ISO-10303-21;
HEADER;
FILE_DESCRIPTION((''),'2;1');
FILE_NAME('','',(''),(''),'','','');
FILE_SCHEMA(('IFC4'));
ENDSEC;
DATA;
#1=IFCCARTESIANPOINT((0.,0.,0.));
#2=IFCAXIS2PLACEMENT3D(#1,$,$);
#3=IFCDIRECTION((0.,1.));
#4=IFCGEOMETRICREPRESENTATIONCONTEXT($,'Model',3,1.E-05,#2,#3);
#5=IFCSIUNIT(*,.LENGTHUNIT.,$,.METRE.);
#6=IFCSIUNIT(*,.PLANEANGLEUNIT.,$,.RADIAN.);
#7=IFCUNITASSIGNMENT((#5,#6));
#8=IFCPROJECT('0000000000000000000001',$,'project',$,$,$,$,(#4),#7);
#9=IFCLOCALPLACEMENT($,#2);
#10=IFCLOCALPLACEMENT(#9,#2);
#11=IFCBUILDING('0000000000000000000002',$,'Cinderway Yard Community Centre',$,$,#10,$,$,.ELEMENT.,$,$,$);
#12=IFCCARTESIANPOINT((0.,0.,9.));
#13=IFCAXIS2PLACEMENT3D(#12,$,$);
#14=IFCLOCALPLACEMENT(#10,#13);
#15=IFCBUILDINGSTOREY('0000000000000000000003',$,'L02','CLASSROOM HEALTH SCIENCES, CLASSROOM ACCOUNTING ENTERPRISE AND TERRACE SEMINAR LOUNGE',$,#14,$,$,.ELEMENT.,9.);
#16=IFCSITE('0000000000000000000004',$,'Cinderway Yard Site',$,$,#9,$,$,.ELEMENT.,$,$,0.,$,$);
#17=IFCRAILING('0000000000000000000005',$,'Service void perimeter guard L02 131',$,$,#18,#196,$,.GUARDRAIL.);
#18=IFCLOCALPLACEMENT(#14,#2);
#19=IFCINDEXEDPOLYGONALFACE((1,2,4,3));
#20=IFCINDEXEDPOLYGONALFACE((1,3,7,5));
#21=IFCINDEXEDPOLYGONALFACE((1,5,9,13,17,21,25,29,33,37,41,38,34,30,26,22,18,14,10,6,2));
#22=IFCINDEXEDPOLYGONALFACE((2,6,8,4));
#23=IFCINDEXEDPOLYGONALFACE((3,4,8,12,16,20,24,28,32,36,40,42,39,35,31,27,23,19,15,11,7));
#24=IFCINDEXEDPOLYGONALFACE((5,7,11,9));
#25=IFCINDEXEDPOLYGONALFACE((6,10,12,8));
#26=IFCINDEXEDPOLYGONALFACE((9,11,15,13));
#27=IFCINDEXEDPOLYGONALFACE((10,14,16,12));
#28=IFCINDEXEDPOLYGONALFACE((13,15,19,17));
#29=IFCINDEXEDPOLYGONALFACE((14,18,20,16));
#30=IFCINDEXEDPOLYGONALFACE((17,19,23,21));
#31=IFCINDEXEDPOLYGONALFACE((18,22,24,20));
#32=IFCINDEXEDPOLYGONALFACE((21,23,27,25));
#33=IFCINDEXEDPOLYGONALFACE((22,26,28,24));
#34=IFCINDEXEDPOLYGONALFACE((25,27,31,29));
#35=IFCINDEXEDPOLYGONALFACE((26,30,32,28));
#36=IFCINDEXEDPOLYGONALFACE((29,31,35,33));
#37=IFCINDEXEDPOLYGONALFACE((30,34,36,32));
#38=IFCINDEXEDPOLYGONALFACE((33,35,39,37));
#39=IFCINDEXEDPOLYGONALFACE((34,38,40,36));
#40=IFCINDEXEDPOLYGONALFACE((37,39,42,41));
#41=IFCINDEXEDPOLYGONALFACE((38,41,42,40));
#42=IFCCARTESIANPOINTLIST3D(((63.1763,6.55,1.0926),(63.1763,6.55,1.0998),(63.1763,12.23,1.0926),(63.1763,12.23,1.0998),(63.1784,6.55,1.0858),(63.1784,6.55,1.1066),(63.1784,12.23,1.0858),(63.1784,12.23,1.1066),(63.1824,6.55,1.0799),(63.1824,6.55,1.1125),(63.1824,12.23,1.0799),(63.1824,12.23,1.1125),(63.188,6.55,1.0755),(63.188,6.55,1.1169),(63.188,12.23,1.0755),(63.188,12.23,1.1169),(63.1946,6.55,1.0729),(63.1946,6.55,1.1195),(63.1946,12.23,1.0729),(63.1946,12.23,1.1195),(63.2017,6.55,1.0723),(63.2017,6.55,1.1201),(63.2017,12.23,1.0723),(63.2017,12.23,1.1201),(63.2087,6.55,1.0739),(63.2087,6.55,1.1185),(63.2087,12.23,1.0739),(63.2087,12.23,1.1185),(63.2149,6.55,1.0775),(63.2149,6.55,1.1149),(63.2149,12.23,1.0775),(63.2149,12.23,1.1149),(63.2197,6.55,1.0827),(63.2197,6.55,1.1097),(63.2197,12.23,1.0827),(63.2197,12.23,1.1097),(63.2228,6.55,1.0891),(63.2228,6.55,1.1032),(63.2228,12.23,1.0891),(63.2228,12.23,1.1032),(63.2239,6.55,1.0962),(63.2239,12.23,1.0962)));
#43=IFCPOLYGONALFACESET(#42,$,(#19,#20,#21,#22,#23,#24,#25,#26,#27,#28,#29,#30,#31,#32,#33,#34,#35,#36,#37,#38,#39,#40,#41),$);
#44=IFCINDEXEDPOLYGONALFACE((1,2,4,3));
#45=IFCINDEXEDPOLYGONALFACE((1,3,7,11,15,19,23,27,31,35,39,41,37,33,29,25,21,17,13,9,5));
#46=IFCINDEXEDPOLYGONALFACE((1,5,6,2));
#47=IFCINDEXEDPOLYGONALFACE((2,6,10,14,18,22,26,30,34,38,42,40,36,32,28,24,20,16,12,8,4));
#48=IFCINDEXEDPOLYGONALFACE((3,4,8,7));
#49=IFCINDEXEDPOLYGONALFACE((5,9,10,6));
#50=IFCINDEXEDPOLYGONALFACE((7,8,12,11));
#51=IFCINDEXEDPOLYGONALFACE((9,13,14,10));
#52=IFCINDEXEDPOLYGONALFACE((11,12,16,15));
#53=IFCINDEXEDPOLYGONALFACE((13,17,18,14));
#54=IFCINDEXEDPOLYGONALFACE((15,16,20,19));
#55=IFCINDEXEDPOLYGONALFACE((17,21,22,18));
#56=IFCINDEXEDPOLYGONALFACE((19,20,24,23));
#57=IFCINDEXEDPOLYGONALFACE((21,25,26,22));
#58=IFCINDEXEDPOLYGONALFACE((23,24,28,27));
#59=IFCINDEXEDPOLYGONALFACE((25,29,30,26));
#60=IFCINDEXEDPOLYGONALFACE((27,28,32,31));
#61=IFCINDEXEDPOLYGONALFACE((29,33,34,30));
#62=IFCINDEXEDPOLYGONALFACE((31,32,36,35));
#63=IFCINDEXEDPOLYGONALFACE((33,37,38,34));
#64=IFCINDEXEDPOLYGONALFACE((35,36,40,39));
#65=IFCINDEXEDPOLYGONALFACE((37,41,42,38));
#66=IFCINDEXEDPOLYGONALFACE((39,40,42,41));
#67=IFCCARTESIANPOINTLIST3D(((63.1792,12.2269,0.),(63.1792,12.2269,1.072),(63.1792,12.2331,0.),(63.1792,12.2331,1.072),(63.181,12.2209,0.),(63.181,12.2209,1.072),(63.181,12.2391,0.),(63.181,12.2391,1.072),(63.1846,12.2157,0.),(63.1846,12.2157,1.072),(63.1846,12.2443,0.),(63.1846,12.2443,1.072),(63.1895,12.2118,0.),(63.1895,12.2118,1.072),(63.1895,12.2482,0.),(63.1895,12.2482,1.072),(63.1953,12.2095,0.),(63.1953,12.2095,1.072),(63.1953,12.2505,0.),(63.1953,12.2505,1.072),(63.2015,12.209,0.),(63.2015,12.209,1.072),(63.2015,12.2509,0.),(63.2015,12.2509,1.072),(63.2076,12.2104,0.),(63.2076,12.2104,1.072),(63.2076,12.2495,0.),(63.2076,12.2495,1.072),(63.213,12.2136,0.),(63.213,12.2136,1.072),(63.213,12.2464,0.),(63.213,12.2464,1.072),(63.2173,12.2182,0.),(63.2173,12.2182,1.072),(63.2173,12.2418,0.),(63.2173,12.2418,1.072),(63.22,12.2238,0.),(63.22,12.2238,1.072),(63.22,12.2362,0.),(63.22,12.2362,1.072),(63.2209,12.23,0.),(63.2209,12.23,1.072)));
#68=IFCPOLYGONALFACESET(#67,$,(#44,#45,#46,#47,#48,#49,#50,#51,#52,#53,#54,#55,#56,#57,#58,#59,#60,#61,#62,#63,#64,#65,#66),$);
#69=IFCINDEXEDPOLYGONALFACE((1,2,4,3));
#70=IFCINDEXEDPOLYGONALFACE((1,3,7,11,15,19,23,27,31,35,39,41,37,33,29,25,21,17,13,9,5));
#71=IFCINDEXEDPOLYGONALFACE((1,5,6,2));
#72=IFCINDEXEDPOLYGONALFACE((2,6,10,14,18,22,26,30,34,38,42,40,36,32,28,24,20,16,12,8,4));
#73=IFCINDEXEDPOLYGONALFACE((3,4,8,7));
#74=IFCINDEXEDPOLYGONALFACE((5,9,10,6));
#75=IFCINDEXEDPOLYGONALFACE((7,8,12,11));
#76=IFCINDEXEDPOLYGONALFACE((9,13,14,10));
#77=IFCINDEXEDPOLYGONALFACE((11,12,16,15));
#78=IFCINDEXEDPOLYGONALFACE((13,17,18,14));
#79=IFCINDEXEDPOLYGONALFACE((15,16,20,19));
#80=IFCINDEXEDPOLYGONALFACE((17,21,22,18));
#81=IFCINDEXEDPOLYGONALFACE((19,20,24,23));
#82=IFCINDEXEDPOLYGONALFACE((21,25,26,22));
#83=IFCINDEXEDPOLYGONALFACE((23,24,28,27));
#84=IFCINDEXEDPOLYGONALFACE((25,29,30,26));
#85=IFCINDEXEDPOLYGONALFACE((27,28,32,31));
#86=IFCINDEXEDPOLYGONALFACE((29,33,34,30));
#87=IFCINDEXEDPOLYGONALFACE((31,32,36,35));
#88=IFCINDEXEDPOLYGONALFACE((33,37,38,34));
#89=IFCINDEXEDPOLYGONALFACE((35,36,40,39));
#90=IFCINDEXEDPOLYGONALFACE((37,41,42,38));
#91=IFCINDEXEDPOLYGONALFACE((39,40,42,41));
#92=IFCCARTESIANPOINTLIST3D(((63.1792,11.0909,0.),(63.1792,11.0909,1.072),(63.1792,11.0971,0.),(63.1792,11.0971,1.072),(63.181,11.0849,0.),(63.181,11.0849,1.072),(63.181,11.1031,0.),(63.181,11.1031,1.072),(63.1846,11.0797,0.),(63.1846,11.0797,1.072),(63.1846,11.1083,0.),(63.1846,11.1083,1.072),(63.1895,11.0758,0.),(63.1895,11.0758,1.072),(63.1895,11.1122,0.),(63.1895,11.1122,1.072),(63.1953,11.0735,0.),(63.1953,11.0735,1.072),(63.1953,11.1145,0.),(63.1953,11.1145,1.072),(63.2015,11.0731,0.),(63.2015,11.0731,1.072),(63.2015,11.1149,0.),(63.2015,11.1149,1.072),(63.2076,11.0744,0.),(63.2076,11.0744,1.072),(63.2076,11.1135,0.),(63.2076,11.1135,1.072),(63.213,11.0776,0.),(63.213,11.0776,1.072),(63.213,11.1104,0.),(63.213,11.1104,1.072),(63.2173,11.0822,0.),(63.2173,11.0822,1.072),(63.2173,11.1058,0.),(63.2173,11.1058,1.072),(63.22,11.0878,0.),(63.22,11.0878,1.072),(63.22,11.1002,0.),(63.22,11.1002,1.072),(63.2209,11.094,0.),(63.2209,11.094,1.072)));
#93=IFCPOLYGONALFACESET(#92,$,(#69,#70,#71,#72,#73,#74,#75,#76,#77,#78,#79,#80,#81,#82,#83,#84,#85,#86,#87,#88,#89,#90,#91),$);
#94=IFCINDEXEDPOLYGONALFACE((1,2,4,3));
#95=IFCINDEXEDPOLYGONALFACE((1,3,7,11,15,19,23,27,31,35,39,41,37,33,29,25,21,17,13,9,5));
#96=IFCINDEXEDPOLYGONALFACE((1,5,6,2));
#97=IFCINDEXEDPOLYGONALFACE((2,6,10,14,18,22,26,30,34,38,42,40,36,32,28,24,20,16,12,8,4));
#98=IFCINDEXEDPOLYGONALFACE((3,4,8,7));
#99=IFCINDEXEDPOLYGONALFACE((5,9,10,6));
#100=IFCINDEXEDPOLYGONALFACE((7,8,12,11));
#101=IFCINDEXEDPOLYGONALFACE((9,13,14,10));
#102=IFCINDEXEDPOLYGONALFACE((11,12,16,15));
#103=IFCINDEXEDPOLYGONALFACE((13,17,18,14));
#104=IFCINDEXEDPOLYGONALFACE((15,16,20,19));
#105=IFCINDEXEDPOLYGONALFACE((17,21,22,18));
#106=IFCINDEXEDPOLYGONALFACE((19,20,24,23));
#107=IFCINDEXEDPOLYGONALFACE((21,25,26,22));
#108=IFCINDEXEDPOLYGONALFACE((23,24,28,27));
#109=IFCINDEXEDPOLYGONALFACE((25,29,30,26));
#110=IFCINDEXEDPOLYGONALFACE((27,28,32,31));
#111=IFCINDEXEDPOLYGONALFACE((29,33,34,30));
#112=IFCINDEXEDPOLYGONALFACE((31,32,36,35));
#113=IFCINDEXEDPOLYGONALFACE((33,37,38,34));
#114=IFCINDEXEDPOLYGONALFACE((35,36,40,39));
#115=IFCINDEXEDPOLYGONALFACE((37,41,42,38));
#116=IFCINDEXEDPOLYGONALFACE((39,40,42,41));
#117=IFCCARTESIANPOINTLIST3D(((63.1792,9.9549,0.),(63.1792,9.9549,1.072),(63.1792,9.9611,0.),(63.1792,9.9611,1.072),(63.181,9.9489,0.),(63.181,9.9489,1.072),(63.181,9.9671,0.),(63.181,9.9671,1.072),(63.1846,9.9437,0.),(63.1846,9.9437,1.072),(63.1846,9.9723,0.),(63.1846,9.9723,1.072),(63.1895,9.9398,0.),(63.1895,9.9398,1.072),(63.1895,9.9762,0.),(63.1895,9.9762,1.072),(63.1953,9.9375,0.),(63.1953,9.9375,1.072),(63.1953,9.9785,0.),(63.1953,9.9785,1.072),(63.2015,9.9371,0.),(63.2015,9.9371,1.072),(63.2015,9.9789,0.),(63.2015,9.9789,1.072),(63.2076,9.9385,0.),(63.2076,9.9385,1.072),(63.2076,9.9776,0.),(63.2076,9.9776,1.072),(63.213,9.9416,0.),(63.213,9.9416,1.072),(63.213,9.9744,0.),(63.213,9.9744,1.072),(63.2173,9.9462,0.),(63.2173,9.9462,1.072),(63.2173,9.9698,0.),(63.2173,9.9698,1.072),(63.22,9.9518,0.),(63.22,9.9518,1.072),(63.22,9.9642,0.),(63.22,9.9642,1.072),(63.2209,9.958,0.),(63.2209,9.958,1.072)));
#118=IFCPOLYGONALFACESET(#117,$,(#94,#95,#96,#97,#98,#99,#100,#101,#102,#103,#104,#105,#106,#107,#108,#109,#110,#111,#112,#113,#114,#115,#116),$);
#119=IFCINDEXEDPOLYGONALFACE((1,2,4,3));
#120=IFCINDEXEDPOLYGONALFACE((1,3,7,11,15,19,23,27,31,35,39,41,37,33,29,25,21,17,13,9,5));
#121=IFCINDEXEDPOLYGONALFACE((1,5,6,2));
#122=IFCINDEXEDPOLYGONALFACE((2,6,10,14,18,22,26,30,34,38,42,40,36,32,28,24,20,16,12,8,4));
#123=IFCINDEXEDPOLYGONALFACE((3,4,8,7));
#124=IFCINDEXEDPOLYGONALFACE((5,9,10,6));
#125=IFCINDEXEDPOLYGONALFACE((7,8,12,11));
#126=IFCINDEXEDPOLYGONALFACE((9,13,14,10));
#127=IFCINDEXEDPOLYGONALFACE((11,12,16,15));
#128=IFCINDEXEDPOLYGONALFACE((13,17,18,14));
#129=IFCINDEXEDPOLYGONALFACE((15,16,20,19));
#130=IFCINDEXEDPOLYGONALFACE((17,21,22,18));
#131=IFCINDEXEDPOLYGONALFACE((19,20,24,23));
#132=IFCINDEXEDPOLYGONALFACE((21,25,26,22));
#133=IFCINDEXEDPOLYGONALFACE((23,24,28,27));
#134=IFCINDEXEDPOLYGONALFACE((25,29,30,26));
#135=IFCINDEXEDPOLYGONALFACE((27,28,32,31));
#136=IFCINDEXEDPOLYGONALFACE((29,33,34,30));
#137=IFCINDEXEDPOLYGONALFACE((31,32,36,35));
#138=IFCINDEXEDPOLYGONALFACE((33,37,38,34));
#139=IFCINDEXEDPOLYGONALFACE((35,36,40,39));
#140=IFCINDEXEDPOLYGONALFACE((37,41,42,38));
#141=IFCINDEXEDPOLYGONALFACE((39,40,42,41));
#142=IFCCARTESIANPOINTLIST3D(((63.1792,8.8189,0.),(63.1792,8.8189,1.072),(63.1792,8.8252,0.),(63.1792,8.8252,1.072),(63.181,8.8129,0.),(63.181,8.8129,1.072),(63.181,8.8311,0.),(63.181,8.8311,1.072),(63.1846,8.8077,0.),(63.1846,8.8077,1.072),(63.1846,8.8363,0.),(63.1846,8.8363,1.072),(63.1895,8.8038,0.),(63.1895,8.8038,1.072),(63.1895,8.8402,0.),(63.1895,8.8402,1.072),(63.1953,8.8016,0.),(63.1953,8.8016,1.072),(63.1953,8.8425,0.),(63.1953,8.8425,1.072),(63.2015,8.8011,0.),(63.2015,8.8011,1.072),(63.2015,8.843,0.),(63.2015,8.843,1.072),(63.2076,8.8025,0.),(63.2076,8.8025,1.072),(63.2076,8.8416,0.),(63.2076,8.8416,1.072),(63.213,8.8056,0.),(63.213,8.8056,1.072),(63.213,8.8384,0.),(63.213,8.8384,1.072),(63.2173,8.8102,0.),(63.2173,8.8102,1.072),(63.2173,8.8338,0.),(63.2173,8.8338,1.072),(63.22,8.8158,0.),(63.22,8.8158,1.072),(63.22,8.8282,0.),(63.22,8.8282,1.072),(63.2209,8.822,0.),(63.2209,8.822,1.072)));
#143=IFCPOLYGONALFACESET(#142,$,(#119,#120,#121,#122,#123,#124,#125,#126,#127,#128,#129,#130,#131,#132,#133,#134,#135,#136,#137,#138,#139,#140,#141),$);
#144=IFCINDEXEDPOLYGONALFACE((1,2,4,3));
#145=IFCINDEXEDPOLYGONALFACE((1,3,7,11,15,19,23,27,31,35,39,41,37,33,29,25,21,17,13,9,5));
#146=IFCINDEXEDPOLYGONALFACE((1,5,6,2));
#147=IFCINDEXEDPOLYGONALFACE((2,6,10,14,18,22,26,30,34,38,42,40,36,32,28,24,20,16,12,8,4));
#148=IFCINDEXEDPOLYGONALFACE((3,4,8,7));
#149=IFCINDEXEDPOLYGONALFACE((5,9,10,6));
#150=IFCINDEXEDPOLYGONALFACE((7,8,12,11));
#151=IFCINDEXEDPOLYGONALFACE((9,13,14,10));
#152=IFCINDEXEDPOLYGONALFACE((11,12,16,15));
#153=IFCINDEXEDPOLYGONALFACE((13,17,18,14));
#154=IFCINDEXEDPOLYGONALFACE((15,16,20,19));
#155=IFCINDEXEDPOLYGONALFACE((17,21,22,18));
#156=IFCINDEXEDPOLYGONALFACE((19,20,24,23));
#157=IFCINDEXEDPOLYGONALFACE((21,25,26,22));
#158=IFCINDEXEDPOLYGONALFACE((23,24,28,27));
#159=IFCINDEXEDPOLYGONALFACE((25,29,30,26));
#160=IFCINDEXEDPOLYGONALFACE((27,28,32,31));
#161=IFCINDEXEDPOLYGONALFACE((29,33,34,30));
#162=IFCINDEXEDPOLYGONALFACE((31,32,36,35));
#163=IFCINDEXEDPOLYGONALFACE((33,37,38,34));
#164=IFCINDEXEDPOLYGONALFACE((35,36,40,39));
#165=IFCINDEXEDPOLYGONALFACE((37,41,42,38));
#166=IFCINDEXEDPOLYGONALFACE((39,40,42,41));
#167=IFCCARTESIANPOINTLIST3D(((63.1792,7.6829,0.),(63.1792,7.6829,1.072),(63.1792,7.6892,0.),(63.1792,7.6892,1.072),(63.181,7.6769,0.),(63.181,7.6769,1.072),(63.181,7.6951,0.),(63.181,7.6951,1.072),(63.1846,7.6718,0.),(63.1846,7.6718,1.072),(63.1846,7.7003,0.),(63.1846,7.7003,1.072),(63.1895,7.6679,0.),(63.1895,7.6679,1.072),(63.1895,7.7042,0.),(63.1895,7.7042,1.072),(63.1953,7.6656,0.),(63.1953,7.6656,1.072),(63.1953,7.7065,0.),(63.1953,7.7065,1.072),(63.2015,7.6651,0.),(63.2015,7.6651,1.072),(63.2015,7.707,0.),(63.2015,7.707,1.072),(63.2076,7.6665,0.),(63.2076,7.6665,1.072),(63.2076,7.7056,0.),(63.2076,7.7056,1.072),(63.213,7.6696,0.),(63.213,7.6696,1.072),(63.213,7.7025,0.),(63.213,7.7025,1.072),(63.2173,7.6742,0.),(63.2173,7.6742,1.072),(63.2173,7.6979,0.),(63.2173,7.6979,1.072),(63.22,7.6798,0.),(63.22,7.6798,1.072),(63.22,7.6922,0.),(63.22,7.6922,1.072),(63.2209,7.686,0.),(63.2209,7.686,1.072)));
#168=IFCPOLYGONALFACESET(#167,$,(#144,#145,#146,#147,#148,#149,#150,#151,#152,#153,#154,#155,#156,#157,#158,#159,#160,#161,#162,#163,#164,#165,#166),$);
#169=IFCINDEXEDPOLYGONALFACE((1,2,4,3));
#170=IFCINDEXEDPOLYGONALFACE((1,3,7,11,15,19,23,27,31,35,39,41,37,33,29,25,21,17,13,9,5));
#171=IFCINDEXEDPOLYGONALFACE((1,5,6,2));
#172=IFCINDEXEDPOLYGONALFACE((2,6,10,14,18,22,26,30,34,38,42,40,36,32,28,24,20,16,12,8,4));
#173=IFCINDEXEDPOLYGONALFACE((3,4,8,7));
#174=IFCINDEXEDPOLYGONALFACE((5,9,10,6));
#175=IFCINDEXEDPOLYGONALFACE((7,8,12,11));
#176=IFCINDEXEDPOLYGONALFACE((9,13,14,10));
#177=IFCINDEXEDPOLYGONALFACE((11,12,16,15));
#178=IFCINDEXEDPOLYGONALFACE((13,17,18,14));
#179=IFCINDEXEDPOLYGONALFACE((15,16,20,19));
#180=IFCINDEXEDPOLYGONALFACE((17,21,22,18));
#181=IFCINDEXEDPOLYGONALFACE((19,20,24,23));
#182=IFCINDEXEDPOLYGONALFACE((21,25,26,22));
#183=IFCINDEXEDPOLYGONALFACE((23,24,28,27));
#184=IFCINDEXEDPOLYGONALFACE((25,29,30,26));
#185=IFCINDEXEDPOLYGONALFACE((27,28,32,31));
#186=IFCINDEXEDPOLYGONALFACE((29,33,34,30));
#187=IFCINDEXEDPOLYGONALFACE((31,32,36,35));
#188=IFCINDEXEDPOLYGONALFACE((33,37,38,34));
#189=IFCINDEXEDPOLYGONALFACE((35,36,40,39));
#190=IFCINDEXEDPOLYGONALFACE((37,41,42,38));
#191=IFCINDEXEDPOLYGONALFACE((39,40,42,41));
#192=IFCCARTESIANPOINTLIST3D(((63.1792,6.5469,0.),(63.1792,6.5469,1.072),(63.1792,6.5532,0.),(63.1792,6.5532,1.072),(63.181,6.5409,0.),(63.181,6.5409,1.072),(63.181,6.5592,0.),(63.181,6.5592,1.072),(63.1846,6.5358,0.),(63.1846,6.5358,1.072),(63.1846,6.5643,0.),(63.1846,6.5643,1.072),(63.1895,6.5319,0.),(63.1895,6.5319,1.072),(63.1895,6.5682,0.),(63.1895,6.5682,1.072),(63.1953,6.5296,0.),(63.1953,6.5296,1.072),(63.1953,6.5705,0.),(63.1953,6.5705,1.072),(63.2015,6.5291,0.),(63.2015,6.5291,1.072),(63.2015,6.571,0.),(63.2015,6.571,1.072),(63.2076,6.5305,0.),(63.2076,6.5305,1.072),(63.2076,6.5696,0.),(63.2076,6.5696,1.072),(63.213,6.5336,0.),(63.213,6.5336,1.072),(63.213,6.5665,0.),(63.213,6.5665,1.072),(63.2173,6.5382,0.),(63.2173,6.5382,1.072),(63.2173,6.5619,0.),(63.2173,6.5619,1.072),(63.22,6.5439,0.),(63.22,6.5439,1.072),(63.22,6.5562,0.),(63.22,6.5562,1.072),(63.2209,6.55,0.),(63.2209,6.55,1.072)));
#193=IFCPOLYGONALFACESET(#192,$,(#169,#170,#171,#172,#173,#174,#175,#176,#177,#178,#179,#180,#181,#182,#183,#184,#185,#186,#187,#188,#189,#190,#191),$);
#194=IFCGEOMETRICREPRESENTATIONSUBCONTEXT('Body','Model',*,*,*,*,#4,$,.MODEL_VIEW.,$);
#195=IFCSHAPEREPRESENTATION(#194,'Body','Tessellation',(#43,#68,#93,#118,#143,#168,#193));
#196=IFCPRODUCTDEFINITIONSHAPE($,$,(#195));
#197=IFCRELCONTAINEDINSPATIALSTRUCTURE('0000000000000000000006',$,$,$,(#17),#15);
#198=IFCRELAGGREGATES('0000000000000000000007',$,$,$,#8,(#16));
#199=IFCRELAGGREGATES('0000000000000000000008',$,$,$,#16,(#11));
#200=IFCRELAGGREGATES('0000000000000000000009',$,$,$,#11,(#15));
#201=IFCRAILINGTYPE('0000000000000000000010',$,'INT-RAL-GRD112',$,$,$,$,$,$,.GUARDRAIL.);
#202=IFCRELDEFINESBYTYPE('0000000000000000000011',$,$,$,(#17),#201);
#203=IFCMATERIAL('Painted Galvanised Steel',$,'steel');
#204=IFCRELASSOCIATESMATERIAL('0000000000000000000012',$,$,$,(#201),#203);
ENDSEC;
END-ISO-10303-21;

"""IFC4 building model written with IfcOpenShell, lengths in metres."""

from ifc_helpers import new_model, si_unit, direction, frame, origin, origin_2d, place, context, subcontext, project, spatial, circle, extrude, material, type_object, element, save


model = new_model("IFC4")

# Units and contexts
model_context = context("Model", 3, precision=1e-05, world=origin(), true_north=direction((0.0, 1.0)))
body_context = subcontext(model_context, "Body", "Model", "MODEL_VIEW")
ifc_project = project(units=[si_unit("LENGTHUNIT", "METRE"), si_unit("PLANEANGLEUNIT", "RADIAN")], contexts=[model_context])

# Site, building, storey
site_placement = place(None, origin())
site = spatial("IfcSite", under=ifc_project, at=site_placement, Name="Cinderway Yard Site", CompositionType="ELEMENT", RefElevation=0.0)
building_placement = place(site_placement, origin())
building = spatial("IfcBuilding", under=site, at=building_placement, Name="Cinderway Yard Community Centre", CompositionType="ELEMENT")
storey_placement = place(building_placement, frame((0.0, 0.0, 9.0)))
storey = spatial("IfcBuildingStorey", under=building, at=storey_placement, Name="L02", Description="CLASSROOM HEALTH SCIENCES, CLASSROOM ACCOUNTING ENTERPRISE AND TERRACE SEMINAR LOUNGE", CompositionType="ELEMENT", Elevation=9.0)

# Shared definitions
ifc_material_1 = material(Name="Painted Galvanised Steel", Category="steel")

# Railing
railing_type = type_object("IfcRailingType", Name="INT-RAL-GRD112", PredefinedType="GUARDRAIL", material=ifc_material_1)
railing_1_placement = place(storey_placement, frame((63.2, 12.23, 0.0)))
element("IfcRailing", 1, at=railing_1_placement, inside=storey, type_object=railing_type, Name="Service void perimeter guard L02 131", PredefinedType="GUARDRAIL", context=body_context, shape_type="SweptSolid", body=[
    extrude(circle(Radius=0.0239, at=origin_2d()), frame((0.0, 0.0, 1.0962), z_axis=(0.0, -1.0, 0.0), x_axis=(1.0, 0.0, 0.0)), (0.0, 0.0, 1.0), 5.6799),
    extrude(circle(Radius=0.021, at=origin_2d()), origin(), (0.0, 0.0, 1.0), 1.072),
    extrude(circle(Radius=0.021, at=origin_2d()), frame((0.0, -1.136, 0.0)), (0.0, 0.0, 1.0), 1.072),
    extrude(circle(Radius=0.021, at=origin_2d()), frame((0.0, -2.272, 0.0)), (0.0, 0.0, 1.0), 1.072),
    extrude(circle(Radius=0.021, at=origin_2d()), frame((0.0, -3.408, 0.0)), (0.0, 0.0, 1.0), 1.072),
    extrude(circle(Radius=0.021, at=origin_2d()), frame((0.0, -4.5439, 0.0)), (0.0, 0.0, 1.0), 1.072),
    extrude(circle(Radius=0.021, at=origin_2d()), frame((0.0, -5.6799, 0.0)), (0.0, 0.0, 1.0), 1.072),
])

save(model, "model.ifc")
